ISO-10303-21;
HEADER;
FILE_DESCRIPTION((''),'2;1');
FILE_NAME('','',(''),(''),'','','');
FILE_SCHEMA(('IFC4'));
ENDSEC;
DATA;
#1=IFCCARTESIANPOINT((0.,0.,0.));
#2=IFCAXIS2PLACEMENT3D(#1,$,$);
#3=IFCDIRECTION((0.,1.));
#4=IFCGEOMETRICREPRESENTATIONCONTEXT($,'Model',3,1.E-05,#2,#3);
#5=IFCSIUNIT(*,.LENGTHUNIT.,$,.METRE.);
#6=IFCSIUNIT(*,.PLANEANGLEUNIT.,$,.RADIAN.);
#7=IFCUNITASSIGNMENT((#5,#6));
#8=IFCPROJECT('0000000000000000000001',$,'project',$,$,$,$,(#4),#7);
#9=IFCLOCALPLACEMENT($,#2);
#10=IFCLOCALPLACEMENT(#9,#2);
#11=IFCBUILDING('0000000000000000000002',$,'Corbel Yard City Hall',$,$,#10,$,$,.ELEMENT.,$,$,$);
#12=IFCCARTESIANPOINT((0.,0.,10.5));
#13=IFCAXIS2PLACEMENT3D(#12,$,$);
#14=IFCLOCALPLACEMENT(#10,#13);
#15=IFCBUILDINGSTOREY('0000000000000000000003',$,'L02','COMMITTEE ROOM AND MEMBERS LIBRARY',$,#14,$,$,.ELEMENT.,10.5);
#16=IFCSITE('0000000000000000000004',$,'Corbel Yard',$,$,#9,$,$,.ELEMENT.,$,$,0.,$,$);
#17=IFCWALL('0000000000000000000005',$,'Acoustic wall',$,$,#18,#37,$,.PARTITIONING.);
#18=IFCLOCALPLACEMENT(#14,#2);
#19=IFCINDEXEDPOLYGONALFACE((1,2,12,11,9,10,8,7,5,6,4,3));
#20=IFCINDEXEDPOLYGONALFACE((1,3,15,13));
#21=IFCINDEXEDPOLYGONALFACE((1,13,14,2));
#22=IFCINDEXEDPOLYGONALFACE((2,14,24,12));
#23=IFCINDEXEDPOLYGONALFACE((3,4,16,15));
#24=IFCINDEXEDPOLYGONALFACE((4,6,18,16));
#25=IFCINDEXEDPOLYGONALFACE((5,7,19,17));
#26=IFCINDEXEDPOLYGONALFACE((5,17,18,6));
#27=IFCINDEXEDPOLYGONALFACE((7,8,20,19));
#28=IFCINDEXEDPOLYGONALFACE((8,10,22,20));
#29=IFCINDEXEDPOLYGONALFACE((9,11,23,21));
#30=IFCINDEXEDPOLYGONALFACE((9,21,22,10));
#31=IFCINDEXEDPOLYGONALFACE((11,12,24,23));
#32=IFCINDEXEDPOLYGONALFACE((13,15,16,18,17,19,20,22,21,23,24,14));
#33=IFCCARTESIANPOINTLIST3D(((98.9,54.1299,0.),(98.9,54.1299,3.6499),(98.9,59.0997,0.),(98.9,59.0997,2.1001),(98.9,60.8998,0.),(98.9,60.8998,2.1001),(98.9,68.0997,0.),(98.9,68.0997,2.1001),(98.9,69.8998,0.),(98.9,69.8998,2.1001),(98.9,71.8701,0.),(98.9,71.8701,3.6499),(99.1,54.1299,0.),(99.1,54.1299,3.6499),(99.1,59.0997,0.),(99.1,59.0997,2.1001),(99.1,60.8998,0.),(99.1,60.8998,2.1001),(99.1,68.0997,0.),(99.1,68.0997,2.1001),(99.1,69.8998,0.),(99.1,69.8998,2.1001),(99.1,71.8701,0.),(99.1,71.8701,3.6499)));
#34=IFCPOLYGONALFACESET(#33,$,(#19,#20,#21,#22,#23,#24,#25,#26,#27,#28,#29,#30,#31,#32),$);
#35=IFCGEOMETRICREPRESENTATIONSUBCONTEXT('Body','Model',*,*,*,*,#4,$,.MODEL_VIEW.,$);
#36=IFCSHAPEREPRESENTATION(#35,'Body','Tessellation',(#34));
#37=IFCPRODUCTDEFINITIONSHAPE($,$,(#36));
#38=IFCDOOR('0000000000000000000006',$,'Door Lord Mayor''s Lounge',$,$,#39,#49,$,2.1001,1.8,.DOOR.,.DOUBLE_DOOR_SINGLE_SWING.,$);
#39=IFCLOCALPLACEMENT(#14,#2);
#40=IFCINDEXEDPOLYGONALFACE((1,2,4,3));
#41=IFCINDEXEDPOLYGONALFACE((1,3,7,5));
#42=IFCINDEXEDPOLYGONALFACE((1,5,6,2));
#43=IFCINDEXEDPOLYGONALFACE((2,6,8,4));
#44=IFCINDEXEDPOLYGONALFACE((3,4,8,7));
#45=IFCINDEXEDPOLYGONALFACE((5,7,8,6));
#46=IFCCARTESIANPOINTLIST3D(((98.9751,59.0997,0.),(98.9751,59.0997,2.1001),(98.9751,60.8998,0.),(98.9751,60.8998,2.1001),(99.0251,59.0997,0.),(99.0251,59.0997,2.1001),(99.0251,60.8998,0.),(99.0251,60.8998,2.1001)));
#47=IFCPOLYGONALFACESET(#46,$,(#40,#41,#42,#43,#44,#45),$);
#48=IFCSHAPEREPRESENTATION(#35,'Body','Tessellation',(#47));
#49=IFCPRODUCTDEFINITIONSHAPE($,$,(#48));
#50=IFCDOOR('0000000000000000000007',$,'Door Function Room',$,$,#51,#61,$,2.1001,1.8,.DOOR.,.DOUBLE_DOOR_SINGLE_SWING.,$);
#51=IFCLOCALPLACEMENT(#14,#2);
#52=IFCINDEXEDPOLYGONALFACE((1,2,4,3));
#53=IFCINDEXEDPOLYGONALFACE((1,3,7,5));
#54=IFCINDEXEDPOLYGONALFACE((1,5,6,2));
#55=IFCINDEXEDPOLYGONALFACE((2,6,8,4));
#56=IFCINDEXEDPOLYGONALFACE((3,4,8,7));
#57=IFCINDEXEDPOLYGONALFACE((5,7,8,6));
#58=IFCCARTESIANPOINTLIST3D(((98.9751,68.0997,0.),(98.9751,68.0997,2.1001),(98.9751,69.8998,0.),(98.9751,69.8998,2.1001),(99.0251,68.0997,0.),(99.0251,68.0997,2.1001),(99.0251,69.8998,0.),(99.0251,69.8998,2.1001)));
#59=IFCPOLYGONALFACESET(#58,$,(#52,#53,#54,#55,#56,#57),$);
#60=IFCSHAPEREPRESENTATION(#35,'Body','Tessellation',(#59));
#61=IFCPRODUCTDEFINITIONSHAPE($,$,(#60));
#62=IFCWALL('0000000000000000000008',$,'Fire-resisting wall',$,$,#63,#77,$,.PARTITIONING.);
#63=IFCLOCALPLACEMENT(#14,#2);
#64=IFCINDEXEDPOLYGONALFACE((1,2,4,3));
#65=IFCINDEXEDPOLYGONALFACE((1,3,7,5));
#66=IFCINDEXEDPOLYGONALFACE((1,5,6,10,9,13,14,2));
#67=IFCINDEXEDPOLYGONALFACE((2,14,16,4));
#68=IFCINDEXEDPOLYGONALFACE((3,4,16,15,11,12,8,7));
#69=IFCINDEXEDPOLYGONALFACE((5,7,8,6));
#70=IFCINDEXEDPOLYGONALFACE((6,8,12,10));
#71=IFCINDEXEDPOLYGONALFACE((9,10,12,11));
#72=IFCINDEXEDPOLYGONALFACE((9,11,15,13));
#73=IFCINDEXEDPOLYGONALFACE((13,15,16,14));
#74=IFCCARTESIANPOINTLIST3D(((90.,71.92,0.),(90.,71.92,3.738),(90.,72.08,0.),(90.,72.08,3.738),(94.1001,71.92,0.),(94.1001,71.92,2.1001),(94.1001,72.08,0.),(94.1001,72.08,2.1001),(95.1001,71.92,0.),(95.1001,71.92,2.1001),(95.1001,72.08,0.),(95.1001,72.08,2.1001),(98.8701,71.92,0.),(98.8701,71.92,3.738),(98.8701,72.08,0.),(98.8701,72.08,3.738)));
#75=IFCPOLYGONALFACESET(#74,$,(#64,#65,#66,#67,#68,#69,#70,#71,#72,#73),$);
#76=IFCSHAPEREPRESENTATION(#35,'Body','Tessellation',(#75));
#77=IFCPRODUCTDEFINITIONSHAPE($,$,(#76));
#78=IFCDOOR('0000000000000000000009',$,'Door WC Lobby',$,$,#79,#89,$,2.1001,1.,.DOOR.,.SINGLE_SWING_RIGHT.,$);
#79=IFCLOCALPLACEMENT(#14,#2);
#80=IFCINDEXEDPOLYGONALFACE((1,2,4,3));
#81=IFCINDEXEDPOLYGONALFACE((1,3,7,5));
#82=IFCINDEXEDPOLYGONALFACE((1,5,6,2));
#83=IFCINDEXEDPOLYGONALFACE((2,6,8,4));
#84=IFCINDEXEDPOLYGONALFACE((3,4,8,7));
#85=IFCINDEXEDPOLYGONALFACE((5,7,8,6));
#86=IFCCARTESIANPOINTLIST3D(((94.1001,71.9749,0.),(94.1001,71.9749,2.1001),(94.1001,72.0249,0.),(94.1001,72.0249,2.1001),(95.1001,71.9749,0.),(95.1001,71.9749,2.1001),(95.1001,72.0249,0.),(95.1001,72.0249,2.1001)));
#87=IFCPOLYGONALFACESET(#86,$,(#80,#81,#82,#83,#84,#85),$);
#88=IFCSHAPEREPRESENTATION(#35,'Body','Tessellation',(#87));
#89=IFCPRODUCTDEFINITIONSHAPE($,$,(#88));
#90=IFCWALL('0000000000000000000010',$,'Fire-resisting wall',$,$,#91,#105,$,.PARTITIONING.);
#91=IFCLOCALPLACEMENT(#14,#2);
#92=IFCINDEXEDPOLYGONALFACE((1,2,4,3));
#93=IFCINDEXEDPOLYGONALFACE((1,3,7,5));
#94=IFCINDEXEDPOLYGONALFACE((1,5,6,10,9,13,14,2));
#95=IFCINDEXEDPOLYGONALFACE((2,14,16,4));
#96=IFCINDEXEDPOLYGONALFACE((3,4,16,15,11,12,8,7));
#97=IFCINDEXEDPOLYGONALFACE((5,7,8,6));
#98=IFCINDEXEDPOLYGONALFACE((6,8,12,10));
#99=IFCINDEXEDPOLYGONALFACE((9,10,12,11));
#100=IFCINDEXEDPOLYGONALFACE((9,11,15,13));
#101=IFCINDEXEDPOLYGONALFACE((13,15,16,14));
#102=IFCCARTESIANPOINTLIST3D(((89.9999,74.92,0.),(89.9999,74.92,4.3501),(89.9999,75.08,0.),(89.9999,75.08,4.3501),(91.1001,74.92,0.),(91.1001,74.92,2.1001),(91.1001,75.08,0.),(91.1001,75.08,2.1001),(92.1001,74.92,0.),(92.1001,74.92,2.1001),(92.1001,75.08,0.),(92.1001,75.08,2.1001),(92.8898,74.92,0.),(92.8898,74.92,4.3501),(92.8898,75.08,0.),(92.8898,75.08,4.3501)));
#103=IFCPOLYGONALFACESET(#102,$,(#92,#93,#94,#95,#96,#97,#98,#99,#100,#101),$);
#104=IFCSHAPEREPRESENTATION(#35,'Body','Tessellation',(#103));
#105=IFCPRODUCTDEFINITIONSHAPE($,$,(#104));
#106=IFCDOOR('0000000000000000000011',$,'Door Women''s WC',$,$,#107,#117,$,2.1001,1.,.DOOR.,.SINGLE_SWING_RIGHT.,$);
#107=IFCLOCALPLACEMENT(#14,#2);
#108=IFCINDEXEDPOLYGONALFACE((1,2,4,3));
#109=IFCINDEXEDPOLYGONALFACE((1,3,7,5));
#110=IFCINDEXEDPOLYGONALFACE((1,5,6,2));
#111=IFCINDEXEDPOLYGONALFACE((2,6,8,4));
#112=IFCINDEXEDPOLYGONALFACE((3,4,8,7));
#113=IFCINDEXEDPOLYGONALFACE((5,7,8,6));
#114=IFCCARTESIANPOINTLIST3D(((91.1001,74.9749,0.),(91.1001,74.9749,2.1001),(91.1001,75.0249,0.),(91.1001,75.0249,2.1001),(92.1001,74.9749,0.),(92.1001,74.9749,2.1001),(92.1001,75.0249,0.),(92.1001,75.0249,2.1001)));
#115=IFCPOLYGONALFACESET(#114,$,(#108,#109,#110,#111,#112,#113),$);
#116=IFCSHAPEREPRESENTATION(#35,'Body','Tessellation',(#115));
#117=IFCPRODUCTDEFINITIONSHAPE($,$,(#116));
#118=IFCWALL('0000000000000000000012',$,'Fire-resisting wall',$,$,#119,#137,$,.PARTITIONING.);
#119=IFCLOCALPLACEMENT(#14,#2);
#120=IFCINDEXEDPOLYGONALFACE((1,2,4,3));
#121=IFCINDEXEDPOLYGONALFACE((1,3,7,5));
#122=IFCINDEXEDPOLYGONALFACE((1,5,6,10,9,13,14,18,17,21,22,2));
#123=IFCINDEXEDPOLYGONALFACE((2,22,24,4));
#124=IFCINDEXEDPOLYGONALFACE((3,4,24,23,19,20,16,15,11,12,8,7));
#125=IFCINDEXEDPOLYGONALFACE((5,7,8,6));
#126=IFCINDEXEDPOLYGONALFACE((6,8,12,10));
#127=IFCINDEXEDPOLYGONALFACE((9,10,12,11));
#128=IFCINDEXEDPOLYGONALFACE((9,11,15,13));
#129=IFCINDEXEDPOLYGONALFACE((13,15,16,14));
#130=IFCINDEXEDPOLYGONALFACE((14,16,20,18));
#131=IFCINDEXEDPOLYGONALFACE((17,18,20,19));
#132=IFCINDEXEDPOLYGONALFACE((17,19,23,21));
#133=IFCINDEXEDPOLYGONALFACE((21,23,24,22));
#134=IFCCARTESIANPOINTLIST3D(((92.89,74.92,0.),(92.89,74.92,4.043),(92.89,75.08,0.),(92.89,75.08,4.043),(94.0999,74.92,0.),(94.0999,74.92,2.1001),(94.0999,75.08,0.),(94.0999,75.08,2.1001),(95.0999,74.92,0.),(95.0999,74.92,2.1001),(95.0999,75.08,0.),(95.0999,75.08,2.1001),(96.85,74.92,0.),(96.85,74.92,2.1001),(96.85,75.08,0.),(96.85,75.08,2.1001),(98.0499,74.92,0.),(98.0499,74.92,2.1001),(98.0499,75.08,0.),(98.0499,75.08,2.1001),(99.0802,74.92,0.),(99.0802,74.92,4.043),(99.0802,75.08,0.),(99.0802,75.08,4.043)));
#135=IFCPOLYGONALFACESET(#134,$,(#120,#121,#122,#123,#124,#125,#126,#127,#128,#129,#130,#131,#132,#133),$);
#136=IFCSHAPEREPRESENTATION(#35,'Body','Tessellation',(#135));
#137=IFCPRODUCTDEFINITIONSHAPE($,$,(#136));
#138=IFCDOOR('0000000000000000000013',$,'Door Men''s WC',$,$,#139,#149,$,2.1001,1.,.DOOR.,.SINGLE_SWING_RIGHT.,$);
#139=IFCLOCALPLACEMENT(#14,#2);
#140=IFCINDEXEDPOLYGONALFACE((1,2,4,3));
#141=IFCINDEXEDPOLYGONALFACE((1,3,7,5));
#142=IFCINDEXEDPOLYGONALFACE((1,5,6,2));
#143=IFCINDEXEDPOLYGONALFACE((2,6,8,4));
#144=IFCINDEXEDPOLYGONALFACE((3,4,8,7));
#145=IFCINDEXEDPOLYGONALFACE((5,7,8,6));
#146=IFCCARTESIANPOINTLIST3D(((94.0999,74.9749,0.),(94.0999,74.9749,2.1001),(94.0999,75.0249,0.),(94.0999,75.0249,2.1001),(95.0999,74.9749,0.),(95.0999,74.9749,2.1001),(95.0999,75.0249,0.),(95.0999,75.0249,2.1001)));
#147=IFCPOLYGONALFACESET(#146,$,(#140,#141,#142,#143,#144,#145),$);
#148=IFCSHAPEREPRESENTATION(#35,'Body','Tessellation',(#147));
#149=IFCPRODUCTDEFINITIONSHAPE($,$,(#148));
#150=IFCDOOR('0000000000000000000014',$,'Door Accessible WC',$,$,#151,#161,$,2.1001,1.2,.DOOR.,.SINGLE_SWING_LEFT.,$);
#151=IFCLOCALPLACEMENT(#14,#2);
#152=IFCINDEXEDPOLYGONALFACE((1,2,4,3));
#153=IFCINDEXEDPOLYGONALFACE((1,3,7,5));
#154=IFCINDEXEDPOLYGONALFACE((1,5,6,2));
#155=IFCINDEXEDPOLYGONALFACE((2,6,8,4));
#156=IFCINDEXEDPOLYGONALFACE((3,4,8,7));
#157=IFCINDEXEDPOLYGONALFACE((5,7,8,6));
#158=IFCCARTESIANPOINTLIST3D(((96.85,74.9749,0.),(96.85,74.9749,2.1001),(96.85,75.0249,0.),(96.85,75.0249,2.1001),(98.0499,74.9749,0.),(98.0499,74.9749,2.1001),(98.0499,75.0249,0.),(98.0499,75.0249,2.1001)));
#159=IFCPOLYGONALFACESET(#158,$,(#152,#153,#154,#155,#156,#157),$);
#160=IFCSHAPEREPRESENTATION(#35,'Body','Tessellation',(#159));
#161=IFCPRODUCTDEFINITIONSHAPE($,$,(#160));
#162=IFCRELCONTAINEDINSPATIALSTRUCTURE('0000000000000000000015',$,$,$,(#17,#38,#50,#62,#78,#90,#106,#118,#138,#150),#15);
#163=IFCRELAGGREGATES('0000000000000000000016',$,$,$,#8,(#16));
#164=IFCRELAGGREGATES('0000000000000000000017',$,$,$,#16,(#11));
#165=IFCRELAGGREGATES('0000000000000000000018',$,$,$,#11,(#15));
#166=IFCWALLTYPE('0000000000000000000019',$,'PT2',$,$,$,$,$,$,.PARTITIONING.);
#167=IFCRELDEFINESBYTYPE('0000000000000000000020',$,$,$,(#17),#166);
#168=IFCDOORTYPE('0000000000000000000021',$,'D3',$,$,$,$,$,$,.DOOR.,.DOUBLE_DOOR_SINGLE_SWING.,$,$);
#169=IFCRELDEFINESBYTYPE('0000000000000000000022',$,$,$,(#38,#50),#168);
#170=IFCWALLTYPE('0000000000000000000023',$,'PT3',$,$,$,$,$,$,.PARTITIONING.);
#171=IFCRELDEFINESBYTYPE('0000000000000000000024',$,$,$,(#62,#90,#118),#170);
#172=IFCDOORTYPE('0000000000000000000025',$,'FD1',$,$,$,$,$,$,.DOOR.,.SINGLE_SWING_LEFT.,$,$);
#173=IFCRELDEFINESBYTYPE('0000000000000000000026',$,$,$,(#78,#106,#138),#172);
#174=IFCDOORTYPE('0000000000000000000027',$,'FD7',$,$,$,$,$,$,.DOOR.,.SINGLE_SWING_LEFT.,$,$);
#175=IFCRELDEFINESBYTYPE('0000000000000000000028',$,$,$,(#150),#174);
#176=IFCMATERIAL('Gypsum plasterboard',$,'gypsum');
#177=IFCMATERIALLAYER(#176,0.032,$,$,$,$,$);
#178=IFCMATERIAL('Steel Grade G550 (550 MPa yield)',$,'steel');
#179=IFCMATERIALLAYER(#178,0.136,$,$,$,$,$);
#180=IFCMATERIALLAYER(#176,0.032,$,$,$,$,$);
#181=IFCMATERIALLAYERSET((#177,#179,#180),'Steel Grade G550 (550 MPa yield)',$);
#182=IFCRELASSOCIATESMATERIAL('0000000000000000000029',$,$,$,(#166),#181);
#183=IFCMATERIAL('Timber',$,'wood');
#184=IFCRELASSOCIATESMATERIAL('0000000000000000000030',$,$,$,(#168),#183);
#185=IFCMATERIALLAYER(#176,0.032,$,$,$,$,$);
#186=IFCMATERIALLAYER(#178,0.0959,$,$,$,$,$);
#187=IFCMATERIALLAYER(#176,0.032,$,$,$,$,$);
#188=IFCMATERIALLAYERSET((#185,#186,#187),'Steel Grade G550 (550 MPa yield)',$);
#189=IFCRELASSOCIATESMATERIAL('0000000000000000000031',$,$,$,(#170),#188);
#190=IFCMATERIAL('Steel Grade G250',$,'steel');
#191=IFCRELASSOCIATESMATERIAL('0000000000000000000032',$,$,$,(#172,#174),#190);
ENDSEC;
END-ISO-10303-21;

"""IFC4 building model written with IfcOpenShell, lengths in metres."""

from ifc_helpers import new_model, si_unit, direction, frame, frame_2d, origin, place, context, subcontext, project, spatial, rectangle, extrude, material, layer, layer_set, type_object, element, fill, save


model = new_model("IFC4")

# Units and contexts
model_context = context("Model", 3, precision=1e-05, world=origin(), true_north=direction((0.0, 1.0)))
body_context = subcontext(model_context, "Body", "Model", "MODEL_VIEW")
ifc_project = project(units=[si_unit("LENGTHUNIT", "METRE"), si_unit("PLANEANGLEUNIT", "RADIAN")], contexts=[model_context])

# Site, building, storey
site_placement = place(None, origin())
site = spatial("IfcSite", under=ifc_project, at=site_placement, Name="Corbel Yard", CompositionType="ELEMENT", RefElevation=0.0)
building_placement = place(site_placement, origin())
building = spatial("IfcBuilding", under=site, at=building_placement, Name="Corbel Yard City Hall", CompositionType="ELEMENT")
storey_placement = place(building_placement, frame((0.0, 0.0, 10.5)))
storey = spatial("IfcBuildingStorey", under=building, at=storey_placement, Name="L02", Description="COMMITTEE ROOM AND MEMBERS LIBRARY", CompositionType="ELEMENT", Elevation=10.5)

# Shared definitions
ifc_material_1 = material(Name="Steel Grade G250", Category="steel")

# Wall, openings, doors
ifc_material_2 = material(Name="Gypsum plasterboard", Category="gypsum")
ifc_layer_1 = layer(ifc_material_2, 0.032)
ifc_material_3 = material(Name="Steel Grade G550 (550 MPa yield)", Category="steel")
ifc_layer_2 = layer(ifc_material_3, 0.136)
ifc_layer_3 = layer(ifc_material_2, 0.032)
ifc_layer_set_1 = layer_set([ifc_layer_1, ifc_layer_2, ifc_layer_3], Name="Steel Grade G550 (550 MPa yield)")
wall_type_1 = type_object("IfcWallType", Name="PT2", PredefinedType="PARTITIONING", material=ifc_layer_set_1)
wall_1_placement = place(storey_placement, frame((99.0, 54.1299, 0.0), z_axis=(0.0, 0.0, 1.0), x_axis=(0.0, 1.0, 0.0)))
wall_1 = element("IfcWall", 1, at=wall_1_placement, inside=storey, type_object=wall_type_1, Name="Acoustic wall", PredefinedType="PARTITIONING", context=body_context, shape_type="SweptSolid", body=[
    extrude(rectangle(XDim=17.7402, YDim=0.2, at=frame_2d((8.8701, 0.0))), origin(), (0.0, 0.0, 1.0), 3.6499),
])
opening_1_placement = place(wall_1_placement, frame((4.97, 0.0, 0.0)))
opening_1 = element("IfcOpeningElement", 2, at=opening_1_placement, cuts=wall_1, PredefinedType="OPENING", context=body_context, shape_type="SweptSolid", body=[
    extrude(rectangle(XDim=1.8, YDim=2.1001, at=frame_2d((0.8999, 1.05))), frame((0.0, 0.1099, 0.0), z_axis=(0.0, -1.0, 0.0), x_axis=(1.0, 0.0, 0.0)), (0.0, 0.0, 1.0), 0.22),
])
opening_2_placement = place(wall_1_placement, frame((13.97, 0.0, 0.0)))
opening_2 = element("IfcOpeningElement", 3, at=opening_2_placement, cuts=wall_1, PredefinedType="OPENING", context=body_context, shape_type="SweptSolid", body=[
    extrude(rectangle(XDim=1.8, YDim=2.1001, at=frame_2d((0.8999, 1.05))), frame((0.0, 0.1099, 0.0), z_axis=(0.0, -1.0, 0.0), x_axis=(1.0, 0.0, 0.0)), (0.0, 0.0, 1.0), 0.22),
])
ifc_material_4 = material(Name="Timber", Category="wood")
door_type_1 = type_object("IfcDoorType", Name="D3", OperationType="DOUBLE_DOOR_SINGLE_SWING", PredefinedType="DOOR", material=ifc_material_4)
door_1_placement = place(opening_1_placement, origin())
door_1 = element("IfcDoor", 4, at=door_1_placement, inside=storey, type_object=door_type_1, Name="Door Lord Mayor's Lounge", OperationType="DOUBLE_DOOR_SINGLE_SWING", OverallHeight=2.1001, OverallWidth=1.8, PredefinedType="DOOR", context=body_context, shape_type="SweptSolid", body=[
    extrude(rectangle(XDim=1.8, YDim=2.1001, at=frame_2d((0.8999, 1.05))), frame((0.0, 0.0249, 0.0), z_axis=(0.0, -1.0, 0.0), x_axis=(1.0, 0.0, 0.0)), (0.0, 0.0, 1.0), 0.05),
])
fill(opening_1, door_1)
door_2_placement = place(opening_2_placement, origin())
door_2 = element("IfcDoor", 5, at=door_2_placement, inside=storey, type_object=door_type_1, Name="Door Function Room", OperationType="DOUBLE_DOOR_SINGLE_SWING", OverallHeight=2.1001, OverallWidth=1.8, PredefinedType="DOOR", context=body_context, shape_type="SweptSolid", body=[
    extrude(rectangle(XDim=1.8, YDim=2.1001, at=frame_2d((0.8999, 1.05))), frame((0.0, 0.0249, 0.0), z_axis=(0.0, -1.0, 0.0), x_axis=(1.0, 0.0, 0.0)), (0.0, 0.0, 1.0), 0.05),
])
fill(opening_2, door_2)

# Walls, openings, doors
ifc_layer_4 = layer(ifc_material_2, 0.032)
ifc_layer_5 = layer(ifc_material_3, 0.0959)
ifc_layer_6 = layer(ifc_material_2, 0.032)
ifc_layer_set_2 = layer_set([ifc_layer_4, ifc_layer_5, ifc_layer_6], Name="Steel Grade G550 (550 MPa yield)")
wall_type_2 = type_object("IfcWallType", Name="PT3", PredefinedType="PARTITIONING", material=ifc_layer_set_2)
wall_2_placement = place(storey_placement, frame((90.0, 72.0, 0.0), z_axis=(0.0, 0.0, 1.0), x_axis=(1.0, 0.0, 0.0)))
wall_2 = element("IfcWall", 6, at=wall_2_placement, inside=storey, type_object=wall_type_2, Name="Fire-resisting wall", PredefinedType="PARTITIONING", context=body_context, shape_type="SweptSolid", body=[
    extrude(rectangle(XDim=8.8701, YDim=0.1599, at=frame_2d((4.4351, 0.0))), origin(), (0.0, 0.0, 1.0), 3.738),
])
opening_3_placement = place(wall_2_placement, frame((4.1001, 0.0, 0.0)))
opening_3 = element("IfcOpeningElement", 7, at=opening_3_placement, cuts=wall_2, PredefinedType="OPENING", context=body_context, shape_type="SweptSolid", body=[
    extrude(rectangle(XDim=1.0, YDim=2.1001, at=frame_2d((0.5, 1.05))), frame((0.0, 0.0898, 0.0), z_axis=(0.0, -1.0, 0.0), x_axis=(1.0, 0.0, 0.0)), (0.0, 0.0, 1.0), 0.1799),
])
door_type_2 = type_object("IfcDoorType", Name="FD1", OperationType="SINGLE_SWING_LEFT", PredefinedType="DOOR", material=ifc_material_1)
door_3_placement = place(opening_3_placement, origin())
door_3 = element("IfcDoor", 8, at=door_3_placement, inside=storey, type_object=door_type_2, Name="Door WC Lobby", OperationType="SINGLE_SWING_RIGHT", OverallHeight=2.1001, OverallWidth=1.0, PredefinedType="DOOR", context=body_context, shape_type="SweptSolid", body=[
    extrude(rectangle(XDim=1.0, YDim=2.1001, at=frame_2d((0.5, 1.05))), frame((0.0, 0.0249, 0.0), z_axis=(0.0, -1.0, 0.0), x_axis=(1.0, 0.0, 0.0)), (0.0, 0.0, 1.0), 0.05),
])
fill(opening_3, door_3)
wall_3_placement = place(storey_placement, frame((90.0, 75.0, 0.0), z_axis=(0.0, 0.0, 1.0), x_axis=(1.0, 0.0, 0.0)))
wall_3 = element("IfcWall", 9, at=wall_3_placement, inside=storey, type_object=wall_type_2, Name="Fire-resisting wall", PredefinedType="PARTITIONING", context=body_context, shape_type="SweptSolid", body=[
    extrude(rectangle(XDim=2.8899, YDim=0.1599, at=frame_2d((1.4448, 0.0))), origin(), (0.0, 0.0, 1.0), 4.3501),
])
opening_4_placement = place(wall_3_placement, frame((1.1001, 0.0, 0.0)))
opening_4 = element("IfcOpeningElement", 10, at=opening_4_placement, cuts=wall_3, PredefinedType="OPENING", context=body_context, shape_type="SweptSolid", body=[
    extrude(rectangle(XDim=1.0, YDim=2.1001, at=frame_2d((0.5, 1.05))), frame((0.0, 0.0898, 0.0), z_axis=(0.0, -1.0, 0.0), x_axis=(1.0, 0.0, 0.0)), (0.0, 0.0, 1.0), 0.1799),
])
door_4_placement = place(opening_4_placement, origin())
door_4 = element("IfcDoor", 11, at=door_4_placement, inside=storey, type_object=door_type_2, Name="Door Women's WC", OperationType="SINGLE_SWING_RIGHT", OverallHeight=2.1001, OverallWidth=1.0, PredefinedType="DOOR", context=body_context, shape_type="SweptSolid", body=[
    extrude(rectangle(XDim=1.0, YDim=2.1001, at=frame_2d((0.5, 1.05))), frame((0.0, 0.0249, 0.0), z_axis=(0.0, -1.0, 0.0), x_axis=(1.0, 0.0, 0.0)), (0.0, 0.0, 1.0), 0.05),
])
fill(opening_4, door_4)

# Wall, openings, doors
wall_4_placement = place(storey_placement, frame((92.8899, 75.0, 0.0), z_axis=(0.0, 0.0, 1.0), x_axis=(1.0, 0.0, 0.0)))
wall_4 = element("IfcWall", 12, at=wall_4_placement, inside=storey, type_object=wall_type_2, Name="Fire-resisting wall", PredefinedType="PARTITIONING", context=body_context, shape_type="SweptSolid", body=[
    extrude(rectangle(XDim=6.1902, YDim=0.1599, at=frame_2d((3.0952, 0.0))), origin(), (0.0, 0.0, 1.0), 4.043),
])
opening_5_placement = place(wall_4_placement, frame((1.21, 0.0, 0.0)))
opening_5 = element("IfcOpeningElement", 13, at=opening_5_placement, cuts=wall_4, PredefinedType="OPENING", context=body_context, shape_type="SweptSolid", body=[
    extrude(rectangle(XDim=1.0, YDim=2.1001, at=frame_2d((0.5, 1.05))), frame((0.0, 0.0898, 0.0), z_axis=(0.0, -1.0, 0.0), x_axis=(1.0, 0.0, 0.0)), (0.0, 0.0, 1.0), 0.1799),
])
opening_6_placement = place(wall_4_placement, frame((3.96, 0.0, 0.0)))
opening_6 = element("IfcOpeningElement", 14, at=opening_6_placement, cuts=wall_4, PredefinedType="OPENING", context=body_context, shape_type="SweptSolid", body=[
    extrude(rectangle(XDim=1.2, YDim=2.1001, at=frame_2d((0.6001, 1.05))), frame((0.0, 0.0898, 0.0), z_axis=(0.0, -1.0, 0.0), x_axis=(1.0, 0.0, 0.0)), (0.0, 0.0, 1.0), 0.1799),
])
door_5_placement = place(opening_5_placement, origin())
door_5 = element("IfcDoor", 15, at=door_5_placement, inside=storey, type_object=door_type_2, Name="Door Men's WC", OperationType="SINGLE_SWING_RIGHT", OverallHeight=2.1001, OverallWidth=1.0, PredefinedType="DOOR", context=body_context, shape_type="SweptSolid", body=[
    extrude(rectangle(XDim=1.0, YDim=2.1001, at=frame_2d((0.5, 1.05))), frame((0.0, 0.0249, 0.0), z_axis=(0.0, -1.0, 0.0), x_axis=(1.0, 0.0, 0.0)), (0.0, 0.0, 1.0), 0.05),
])
fill(opening_5, door_5)
door_type_3 = type_object("IfcDoorType", Name="FD7", OperationType="SINGLE_SWING_LEFT", PredefinedType="DOOR", material=ifc_material_1)
door_6_placement = place(opening_6_placement, origin())
door_6 = element("IfcDoor", 16, at=door_6_placement, inside=storey, type_object=door_type_3, Name="Door Accessible WC", OperationType="SINGLE_SWING_LEFT", OverallHeight=2.1001, OverallWidth=1.2, PredefinedType="DOOR", context=body_context, shape_type="SweptSolid", body=[
    extrude(rectangle(XDim=1.2, YDim=2.1001, at=frame_2d((0.6001, 1.05))), frame((0.0, 0.0249, 0.0), z_axis=(0.0, -1.0, 0.0), x_axis=(1.0, 0.0, 0.0)), (0.0, 0.0, 1.0), 0.05),
])
fill(opening_6, door_6)

save(model, "model.ifc")
